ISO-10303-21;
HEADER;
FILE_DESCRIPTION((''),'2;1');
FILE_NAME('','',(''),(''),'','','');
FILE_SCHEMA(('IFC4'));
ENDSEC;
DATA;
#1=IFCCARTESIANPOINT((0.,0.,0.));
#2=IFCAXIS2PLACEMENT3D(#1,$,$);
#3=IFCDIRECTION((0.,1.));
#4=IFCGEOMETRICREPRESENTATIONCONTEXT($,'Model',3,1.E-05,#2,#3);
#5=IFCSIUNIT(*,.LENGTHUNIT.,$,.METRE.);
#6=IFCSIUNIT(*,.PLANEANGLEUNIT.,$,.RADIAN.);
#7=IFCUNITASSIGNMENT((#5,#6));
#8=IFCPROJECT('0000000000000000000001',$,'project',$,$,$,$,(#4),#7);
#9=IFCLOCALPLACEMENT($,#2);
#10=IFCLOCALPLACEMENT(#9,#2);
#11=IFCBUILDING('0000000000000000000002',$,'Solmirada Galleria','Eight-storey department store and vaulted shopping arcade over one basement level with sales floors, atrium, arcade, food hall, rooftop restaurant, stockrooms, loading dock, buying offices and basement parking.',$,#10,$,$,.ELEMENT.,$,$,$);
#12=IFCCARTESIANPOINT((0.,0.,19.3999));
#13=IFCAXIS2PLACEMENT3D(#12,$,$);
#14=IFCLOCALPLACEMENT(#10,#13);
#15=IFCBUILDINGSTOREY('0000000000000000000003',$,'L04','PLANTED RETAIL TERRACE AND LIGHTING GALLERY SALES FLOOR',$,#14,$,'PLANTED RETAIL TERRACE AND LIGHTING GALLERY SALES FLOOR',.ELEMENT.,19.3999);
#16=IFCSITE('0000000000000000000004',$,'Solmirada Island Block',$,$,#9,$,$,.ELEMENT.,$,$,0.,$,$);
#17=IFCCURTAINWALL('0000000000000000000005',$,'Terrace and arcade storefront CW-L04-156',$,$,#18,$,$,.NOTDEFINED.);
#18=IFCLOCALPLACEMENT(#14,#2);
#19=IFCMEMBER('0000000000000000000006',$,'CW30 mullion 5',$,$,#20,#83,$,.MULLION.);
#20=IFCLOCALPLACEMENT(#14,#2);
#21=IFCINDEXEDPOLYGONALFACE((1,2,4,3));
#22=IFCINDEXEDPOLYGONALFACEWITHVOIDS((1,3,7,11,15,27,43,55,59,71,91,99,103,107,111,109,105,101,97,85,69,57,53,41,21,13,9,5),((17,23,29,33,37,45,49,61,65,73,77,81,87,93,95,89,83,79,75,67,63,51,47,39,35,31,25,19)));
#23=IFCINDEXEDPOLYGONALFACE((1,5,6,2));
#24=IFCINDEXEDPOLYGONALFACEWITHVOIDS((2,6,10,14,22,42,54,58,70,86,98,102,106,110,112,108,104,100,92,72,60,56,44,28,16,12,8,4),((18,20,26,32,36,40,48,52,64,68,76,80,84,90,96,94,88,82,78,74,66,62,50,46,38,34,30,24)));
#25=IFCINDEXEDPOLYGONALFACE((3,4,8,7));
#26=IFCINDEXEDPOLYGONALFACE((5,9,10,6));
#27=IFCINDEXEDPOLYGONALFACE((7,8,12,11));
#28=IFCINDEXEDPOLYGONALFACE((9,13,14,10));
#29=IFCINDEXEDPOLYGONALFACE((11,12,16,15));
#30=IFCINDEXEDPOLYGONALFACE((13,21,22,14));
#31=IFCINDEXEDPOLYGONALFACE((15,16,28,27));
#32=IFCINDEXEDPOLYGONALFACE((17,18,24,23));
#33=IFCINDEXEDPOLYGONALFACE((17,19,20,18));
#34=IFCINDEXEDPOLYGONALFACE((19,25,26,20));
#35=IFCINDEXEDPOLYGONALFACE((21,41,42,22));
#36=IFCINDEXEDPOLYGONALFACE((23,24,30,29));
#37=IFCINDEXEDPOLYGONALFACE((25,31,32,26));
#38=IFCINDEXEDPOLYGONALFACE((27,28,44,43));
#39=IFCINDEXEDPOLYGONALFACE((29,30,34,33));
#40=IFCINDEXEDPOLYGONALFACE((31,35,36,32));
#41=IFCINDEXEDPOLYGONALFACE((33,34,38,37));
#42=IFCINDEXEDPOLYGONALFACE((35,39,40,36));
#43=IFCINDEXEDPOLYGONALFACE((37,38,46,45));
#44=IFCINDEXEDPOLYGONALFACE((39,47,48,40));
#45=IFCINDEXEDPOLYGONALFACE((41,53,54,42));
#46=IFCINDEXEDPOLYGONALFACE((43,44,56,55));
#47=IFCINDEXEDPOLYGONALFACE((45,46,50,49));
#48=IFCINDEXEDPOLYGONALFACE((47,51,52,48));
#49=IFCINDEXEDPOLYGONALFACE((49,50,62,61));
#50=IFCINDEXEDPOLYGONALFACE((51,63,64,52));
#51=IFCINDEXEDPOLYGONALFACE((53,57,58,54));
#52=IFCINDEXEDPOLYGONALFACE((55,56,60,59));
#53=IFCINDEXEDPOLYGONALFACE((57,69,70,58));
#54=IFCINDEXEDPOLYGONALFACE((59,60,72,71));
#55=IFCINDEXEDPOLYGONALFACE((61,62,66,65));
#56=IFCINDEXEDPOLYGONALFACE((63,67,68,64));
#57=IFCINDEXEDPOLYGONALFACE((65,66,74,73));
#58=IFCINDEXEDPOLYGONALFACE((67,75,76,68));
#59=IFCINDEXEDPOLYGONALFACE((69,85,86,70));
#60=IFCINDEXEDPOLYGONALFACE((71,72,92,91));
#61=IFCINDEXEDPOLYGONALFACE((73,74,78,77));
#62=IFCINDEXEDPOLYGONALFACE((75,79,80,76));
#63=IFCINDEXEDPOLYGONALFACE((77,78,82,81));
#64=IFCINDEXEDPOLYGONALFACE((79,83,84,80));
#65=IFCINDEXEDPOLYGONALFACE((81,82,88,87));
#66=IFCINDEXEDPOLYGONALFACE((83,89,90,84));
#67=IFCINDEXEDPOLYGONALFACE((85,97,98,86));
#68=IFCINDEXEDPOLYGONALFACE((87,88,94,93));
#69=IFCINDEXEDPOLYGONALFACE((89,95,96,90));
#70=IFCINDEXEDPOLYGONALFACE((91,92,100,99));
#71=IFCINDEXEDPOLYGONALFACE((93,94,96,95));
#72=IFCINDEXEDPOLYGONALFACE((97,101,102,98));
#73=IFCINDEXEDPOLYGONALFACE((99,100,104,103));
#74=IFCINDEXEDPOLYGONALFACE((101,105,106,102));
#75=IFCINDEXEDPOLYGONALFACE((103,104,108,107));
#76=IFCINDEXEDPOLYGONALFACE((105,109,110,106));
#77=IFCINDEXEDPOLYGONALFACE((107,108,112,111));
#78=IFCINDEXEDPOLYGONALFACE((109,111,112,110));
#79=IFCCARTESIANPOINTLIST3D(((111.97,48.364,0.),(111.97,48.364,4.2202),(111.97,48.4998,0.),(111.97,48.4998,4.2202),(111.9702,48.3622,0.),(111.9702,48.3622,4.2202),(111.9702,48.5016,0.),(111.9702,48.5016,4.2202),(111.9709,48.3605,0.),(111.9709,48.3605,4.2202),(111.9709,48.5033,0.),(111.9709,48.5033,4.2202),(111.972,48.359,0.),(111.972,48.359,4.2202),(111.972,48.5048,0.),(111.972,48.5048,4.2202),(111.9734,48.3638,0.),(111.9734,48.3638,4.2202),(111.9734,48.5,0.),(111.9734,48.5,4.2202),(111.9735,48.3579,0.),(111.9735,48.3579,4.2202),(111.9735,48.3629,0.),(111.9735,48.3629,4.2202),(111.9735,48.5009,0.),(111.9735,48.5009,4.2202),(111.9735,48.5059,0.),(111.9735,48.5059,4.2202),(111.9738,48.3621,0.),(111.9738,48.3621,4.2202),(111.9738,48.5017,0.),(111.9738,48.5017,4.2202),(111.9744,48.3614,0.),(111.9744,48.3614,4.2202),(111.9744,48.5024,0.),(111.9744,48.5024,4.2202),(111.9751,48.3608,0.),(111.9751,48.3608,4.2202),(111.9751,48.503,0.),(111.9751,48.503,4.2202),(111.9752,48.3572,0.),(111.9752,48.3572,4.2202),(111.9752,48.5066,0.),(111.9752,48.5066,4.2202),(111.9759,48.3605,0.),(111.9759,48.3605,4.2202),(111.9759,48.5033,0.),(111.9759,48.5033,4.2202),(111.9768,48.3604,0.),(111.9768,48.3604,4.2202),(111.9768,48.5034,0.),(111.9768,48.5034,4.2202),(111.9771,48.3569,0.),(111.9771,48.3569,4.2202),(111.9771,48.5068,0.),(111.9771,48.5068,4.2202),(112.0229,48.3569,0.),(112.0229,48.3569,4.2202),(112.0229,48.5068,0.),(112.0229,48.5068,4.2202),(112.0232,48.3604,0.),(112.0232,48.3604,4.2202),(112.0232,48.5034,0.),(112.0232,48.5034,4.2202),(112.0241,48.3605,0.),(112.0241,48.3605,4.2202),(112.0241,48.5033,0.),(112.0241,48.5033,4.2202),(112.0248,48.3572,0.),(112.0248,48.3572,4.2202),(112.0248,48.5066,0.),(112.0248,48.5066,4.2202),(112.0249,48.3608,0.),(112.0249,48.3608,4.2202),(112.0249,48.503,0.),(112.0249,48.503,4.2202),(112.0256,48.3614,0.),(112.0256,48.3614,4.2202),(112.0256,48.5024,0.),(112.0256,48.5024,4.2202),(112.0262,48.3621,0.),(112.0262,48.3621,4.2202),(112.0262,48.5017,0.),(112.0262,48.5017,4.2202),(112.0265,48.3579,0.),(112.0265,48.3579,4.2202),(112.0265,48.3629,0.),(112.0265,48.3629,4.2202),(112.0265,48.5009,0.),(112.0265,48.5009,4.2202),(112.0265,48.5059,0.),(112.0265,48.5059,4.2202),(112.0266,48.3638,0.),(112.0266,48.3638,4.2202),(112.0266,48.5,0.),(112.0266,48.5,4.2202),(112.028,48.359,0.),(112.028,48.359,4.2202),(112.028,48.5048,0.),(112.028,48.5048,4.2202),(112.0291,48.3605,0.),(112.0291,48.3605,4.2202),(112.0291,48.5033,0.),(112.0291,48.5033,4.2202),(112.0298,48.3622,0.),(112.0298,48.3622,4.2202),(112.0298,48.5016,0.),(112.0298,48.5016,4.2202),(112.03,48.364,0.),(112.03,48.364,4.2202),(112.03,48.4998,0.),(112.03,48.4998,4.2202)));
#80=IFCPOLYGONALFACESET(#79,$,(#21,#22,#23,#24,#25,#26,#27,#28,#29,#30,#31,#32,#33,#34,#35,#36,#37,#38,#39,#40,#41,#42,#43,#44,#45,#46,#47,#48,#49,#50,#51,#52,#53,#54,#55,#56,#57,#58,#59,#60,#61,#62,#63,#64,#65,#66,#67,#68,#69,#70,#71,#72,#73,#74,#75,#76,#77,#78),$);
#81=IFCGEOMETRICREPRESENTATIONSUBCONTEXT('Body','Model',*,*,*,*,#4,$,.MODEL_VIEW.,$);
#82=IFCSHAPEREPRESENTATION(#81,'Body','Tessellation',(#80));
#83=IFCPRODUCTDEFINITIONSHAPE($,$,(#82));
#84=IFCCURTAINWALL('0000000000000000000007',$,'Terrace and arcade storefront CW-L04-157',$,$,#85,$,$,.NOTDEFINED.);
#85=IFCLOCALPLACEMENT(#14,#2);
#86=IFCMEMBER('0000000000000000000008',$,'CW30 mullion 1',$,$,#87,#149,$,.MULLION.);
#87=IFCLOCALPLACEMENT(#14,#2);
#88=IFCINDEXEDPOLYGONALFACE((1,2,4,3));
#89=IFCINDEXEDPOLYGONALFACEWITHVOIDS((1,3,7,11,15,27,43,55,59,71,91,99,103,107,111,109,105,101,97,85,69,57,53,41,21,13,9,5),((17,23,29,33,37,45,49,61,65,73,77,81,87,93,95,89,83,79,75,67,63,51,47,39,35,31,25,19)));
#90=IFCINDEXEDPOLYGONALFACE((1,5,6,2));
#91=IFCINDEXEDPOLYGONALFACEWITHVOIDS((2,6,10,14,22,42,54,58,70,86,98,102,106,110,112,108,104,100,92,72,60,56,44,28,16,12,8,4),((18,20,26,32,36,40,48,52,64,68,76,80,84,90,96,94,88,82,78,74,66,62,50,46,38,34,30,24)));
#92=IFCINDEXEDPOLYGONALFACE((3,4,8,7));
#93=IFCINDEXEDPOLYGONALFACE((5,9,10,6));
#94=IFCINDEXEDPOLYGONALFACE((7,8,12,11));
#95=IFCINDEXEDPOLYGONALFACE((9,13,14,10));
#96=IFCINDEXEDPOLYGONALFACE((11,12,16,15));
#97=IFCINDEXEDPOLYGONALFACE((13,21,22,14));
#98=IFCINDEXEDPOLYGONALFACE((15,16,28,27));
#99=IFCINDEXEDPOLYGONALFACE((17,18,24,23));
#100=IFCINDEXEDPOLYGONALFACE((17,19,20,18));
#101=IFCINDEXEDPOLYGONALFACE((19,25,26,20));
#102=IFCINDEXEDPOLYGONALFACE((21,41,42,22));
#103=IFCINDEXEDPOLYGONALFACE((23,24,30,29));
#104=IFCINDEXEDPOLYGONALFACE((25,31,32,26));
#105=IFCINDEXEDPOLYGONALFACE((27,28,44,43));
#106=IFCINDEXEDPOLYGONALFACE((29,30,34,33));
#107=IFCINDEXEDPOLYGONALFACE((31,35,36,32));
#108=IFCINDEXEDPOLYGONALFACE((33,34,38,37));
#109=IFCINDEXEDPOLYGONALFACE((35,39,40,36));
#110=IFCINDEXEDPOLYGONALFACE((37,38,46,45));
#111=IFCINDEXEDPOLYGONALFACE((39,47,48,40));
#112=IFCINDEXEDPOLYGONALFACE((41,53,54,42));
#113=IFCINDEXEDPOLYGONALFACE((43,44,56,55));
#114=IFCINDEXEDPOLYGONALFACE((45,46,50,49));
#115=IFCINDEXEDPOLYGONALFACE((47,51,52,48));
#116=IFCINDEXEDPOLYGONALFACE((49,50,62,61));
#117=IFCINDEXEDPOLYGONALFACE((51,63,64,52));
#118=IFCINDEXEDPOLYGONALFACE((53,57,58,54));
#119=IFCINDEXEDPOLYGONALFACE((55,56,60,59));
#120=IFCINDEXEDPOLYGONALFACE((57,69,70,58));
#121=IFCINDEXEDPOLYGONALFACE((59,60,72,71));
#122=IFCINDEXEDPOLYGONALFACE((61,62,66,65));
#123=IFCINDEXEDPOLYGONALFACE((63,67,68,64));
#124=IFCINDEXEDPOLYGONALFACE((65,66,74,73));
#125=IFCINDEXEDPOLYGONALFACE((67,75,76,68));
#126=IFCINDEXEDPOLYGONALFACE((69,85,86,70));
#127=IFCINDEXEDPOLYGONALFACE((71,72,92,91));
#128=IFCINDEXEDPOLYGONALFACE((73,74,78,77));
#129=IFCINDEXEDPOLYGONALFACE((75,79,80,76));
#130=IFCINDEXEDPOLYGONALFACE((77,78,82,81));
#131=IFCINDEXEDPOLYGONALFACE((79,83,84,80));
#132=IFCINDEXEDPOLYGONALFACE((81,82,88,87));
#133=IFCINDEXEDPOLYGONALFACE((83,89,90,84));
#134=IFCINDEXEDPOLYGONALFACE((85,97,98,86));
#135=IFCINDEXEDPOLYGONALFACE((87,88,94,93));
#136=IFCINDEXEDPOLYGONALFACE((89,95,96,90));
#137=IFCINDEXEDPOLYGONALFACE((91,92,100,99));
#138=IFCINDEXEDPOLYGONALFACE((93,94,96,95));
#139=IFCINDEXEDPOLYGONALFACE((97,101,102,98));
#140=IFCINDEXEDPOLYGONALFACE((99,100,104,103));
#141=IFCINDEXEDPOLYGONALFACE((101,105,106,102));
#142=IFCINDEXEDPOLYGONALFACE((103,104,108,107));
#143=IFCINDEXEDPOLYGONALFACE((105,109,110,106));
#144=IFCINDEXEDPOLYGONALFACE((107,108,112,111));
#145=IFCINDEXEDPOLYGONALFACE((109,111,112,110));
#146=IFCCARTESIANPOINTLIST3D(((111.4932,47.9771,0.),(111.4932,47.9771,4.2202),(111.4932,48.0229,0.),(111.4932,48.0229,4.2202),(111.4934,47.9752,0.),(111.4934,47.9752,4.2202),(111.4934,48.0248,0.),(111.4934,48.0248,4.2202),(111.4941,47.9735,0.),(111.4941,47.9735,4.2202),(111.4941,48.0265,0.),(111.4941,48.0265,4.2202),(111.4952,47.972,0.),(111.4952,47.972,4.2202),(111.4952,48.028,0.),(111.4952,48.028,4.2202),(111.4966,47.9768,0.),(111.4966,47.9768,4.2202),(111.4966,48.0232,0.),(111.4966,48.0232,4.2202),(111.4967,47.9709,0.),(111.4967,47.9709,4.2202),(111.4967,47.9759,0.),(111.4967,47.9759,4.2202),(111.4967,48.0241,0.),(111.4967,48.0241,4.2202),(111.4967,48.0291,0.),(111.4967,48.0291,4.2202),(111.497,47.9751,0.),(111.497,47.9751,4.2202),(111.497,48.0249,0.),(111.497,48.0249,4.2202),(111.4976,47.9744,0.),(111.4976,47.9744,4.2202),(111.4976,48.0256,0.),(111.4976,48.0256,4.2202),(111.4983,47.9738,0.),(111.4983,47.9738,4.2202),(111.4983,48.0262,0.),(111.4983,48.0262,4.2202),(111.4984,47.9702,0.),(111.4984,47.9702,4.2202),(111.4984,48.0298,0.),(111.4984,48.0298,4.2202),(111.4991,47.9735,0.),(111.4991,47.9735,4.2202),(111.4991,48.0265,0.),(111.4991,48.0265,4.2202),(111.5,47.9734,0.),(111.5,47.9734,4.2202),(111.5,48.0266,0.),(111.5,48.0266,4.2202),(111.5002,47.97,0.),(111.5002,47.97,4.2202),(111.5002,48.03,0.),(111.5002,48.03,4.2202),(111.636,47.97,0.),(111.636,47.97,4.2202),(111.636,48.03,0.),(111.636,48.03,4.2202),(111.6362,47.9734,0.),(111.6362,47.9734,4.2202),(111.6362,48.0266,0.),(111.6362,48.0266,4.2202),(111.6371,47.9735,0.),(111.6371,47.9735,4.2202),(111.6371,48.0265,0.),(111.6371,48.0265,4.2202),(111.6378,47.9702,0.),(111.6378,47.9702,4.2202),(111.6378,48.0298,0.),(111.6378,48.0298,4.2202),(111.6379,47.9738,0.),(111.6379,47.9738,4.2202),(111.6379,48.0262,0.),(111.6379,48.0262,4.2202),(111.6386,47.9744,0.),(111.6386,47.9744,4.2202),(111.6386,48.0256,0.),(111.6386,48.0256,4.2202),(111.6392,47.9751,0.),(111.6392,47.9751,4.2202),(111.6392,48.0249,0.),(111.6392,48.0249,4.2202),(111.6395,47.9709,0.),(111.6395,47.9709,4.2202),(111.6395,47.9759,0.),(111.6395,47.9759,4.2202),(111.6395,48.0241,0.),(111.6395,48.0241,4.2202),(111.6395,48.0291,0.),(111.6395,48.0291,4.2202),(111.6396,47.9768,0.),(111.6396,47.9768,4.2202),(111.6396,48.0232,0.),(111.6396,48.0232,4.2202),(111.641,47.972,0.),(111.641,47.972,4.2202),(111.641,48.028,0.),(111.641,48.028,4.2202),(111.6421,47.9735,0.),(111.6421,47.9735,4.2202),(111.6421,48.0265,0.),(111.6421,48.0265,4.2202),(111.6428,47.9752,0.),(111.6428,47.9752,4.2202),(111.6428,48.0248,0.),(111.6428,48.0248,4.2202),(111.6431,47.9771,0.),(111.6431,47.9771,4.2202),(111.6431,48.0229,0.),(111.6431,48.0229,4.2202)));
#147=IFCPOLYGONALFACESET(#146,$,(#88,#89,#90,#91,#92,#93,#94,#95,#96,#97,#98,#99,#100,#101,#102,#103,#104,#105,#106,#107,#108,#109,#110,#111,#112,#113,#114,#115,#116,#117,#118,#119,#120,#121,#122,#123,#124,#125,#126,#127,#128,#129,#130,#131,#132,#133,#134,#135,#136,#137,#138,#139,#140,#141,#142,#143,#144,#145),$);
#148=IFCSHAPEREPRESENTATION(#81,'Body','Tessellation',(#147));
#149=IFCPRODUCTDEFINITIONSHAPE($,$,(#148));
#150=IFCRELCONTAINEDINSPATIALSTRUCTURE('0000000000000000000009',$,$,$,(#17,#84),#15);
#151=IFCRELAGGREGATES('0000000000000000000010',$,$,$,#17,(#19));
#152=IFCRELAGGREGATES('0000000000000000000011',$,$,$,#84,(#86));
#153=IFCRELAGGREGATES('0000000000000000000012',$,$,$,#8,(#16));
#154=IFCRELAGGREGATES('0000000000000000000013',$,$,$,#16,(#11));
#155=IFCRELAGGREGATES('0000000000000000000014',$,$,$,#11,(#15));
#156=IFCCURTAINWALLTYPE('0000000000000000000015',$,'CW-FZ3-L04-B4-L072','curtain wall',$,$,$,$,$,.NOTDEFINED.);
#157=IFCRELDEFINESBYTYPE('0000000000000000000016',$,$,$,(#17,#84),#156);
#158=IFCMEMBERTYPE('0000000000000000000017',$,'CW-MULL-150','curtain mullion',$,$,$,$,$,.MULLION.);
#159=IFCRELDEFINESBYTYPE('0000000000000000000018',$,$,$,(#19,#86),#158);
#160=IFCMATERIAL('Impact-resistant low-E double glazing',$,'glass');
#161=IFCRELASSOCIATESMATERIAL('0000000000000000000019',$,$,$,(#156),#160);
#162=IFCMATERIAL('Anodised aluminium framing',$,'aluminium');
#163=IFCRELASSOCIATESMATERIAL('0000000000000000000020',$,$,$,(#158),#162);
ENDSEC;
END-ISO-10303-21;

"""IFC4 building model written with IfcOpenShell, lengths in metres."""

from ifc_helpers import new_model, si_unit, direction, frame, origin, origin_2d, place, context, subcontext, project, spatial, hollow_rectangle, extrude, material, material_profile, profile_set, type_object, element, aggregate, save


model = new_model("IFC4")

# Units and contexts
model_context = context("Model", 3, precision=1e-05, world=origin(), true_north=direction((0.0, 1.0)))
body_context = subcontext(model_context, "Body", "Model", "MODEL_VIEW")
ifc_project = project(units=[si_unit("LENGTHUNIT", "METRE"), si_unit("PLANEANGLEUNIT", "RADIAN")], contexts=[model_context])

# Site, building, storey
site_placement = place(None, origin())
site = spatial("IfcSite", under=ifc_project, at=site_placement, Name="Solmirada Island Block", CompositionType="ELEMENT", RefElevation=0.0)
building_placement = place(site_placement, origin())
building = spatial("IfcBuilding", under=site, at=building_placement, Name="Solmirada Galleria", Description="Eight-storey department store and vaulted shopping arcade over one basement level with sales floors, atrium, arcade, food hall, rooftop restaurant, stockrooms, loading dock, buying offices and basement parking.", CompositionType="ELEMENT")
storey_placement = place(building_placement, frame((0.0, 0.0, 19.3999)))
storey = spatial("IfcBuildingStorey", under=building, at=storey_placement, Name="L04", Description="PLANTED RETAIL TERRACE AND LIGHTING GALLERY SALES FLOOR", LongName="PLANTED RETAIL TERRACE AND LIGHTING GALLERY SALES FLOOR", CompositionType="ELEMENT", Elevation=19.3999)

# Curtain wall, member
ifc_material_1 = material(Name="Impact-resistant low-E double glazing", Category="glass")
curtain_wall_type = type_object("IfcCurtainWallType", Name="CW-FZ3-L04-B4-L072", Description="curtain wall", PredefinedType="NOTDEFINED", material=ifc_material_1)
curtain_wall_1_placement = place(storey_placement, origin())
curtain_wall_1 = element("IfcCurtainWall", 1, at=curtain_wall_1_placement, inside=storey, type_object=curtain_wall_type, Name="Terrace and arcade storefront CW-L04-156", PredefinedType="NOTDEFINED")
ifc_material_2 = material(Name="Anodised aluminium framing", Category="aluminium")
ifc_material_profile_1 = material_profile(ifc_material_2, hollow_rectangle(XDim=0.0601, YDim=0.1499, WallThickness=0.0034, InnerFilletRadius=0.0034, OuterFilletRadius=0.0071, at=origin_2d()), Name="ALU-MULL-150X60")
ifc_profile_set_1 = profile_set([ifc_material_profile_1], Name="Anodised aluminium framing")
member_type_1 = type_object("IfcMemberType", Name="CW-MULL-150", Description="curtain mullion", PredefinedType="MULLION", material=ifc_profile_set_1)
member_1_placement = place(storey_placement, frame((112.0, 48.4319, 0.0), z_axis=(0.0, 0.0, 1.0), x_axis=(1.0, 0.0, 0.0)))
member_1 = element("IfcMember", 2, at=member_1_placement, type_object=member_type_1, Name="CW30 mullion 5", PredefinedType="MULLION", context=body_context, shape_type="SweptSolid", body=[
    extrude(hollow_rectangle(XDim=0.0601, YDim=0.1499, WallThickness=0.0034, InnerFilletRadius=0.0034, OuterFilletRadius=0.0071, at=origin_2d()), origin(), (0.0, 0.0, 1.0), 4.2202),
])

# Curtain wall, member
curtain_wall_2_placement = place(storey_placement, origin())
curtain_wall_2 = element("IfcCurtainWall", 3, at=curtain_wall_2_placement, inside=storey, type_object=curtain_wall_type, Name="Terrace and arcade storefront CW-L04-157", PredefinedType="NOTDEFINED")
member_2_placement = place(storey_placement, frame((111.5681, 48.0, 0.0), z_axis=(0.0, 0.0, 1.0), x_axis=(0.0, -1.0, 0.0)))
member_2 = element("IfcMember", 4, at=member_2_placement, type_object=member_type_1, Name="CW30 mullion 1", PredefinedType="MULLION", context=body_context, shape_type="SweptSolid", body=[
    extrude(hollow_rectangle(XDim=0.0601, YDim=0.1499, WallThickness=0.0034, InnerFilletRadius=0.0034, OuterFilletRadius=0.0071, at=origin_2d()), origin(), (0.0, 0.0, 1.0), 4.2202),
])

aggregate(curtain_wall_1, [member_1])
aggregate(curtain_wall_2, [member_2])

save(model, "model.ifc")
